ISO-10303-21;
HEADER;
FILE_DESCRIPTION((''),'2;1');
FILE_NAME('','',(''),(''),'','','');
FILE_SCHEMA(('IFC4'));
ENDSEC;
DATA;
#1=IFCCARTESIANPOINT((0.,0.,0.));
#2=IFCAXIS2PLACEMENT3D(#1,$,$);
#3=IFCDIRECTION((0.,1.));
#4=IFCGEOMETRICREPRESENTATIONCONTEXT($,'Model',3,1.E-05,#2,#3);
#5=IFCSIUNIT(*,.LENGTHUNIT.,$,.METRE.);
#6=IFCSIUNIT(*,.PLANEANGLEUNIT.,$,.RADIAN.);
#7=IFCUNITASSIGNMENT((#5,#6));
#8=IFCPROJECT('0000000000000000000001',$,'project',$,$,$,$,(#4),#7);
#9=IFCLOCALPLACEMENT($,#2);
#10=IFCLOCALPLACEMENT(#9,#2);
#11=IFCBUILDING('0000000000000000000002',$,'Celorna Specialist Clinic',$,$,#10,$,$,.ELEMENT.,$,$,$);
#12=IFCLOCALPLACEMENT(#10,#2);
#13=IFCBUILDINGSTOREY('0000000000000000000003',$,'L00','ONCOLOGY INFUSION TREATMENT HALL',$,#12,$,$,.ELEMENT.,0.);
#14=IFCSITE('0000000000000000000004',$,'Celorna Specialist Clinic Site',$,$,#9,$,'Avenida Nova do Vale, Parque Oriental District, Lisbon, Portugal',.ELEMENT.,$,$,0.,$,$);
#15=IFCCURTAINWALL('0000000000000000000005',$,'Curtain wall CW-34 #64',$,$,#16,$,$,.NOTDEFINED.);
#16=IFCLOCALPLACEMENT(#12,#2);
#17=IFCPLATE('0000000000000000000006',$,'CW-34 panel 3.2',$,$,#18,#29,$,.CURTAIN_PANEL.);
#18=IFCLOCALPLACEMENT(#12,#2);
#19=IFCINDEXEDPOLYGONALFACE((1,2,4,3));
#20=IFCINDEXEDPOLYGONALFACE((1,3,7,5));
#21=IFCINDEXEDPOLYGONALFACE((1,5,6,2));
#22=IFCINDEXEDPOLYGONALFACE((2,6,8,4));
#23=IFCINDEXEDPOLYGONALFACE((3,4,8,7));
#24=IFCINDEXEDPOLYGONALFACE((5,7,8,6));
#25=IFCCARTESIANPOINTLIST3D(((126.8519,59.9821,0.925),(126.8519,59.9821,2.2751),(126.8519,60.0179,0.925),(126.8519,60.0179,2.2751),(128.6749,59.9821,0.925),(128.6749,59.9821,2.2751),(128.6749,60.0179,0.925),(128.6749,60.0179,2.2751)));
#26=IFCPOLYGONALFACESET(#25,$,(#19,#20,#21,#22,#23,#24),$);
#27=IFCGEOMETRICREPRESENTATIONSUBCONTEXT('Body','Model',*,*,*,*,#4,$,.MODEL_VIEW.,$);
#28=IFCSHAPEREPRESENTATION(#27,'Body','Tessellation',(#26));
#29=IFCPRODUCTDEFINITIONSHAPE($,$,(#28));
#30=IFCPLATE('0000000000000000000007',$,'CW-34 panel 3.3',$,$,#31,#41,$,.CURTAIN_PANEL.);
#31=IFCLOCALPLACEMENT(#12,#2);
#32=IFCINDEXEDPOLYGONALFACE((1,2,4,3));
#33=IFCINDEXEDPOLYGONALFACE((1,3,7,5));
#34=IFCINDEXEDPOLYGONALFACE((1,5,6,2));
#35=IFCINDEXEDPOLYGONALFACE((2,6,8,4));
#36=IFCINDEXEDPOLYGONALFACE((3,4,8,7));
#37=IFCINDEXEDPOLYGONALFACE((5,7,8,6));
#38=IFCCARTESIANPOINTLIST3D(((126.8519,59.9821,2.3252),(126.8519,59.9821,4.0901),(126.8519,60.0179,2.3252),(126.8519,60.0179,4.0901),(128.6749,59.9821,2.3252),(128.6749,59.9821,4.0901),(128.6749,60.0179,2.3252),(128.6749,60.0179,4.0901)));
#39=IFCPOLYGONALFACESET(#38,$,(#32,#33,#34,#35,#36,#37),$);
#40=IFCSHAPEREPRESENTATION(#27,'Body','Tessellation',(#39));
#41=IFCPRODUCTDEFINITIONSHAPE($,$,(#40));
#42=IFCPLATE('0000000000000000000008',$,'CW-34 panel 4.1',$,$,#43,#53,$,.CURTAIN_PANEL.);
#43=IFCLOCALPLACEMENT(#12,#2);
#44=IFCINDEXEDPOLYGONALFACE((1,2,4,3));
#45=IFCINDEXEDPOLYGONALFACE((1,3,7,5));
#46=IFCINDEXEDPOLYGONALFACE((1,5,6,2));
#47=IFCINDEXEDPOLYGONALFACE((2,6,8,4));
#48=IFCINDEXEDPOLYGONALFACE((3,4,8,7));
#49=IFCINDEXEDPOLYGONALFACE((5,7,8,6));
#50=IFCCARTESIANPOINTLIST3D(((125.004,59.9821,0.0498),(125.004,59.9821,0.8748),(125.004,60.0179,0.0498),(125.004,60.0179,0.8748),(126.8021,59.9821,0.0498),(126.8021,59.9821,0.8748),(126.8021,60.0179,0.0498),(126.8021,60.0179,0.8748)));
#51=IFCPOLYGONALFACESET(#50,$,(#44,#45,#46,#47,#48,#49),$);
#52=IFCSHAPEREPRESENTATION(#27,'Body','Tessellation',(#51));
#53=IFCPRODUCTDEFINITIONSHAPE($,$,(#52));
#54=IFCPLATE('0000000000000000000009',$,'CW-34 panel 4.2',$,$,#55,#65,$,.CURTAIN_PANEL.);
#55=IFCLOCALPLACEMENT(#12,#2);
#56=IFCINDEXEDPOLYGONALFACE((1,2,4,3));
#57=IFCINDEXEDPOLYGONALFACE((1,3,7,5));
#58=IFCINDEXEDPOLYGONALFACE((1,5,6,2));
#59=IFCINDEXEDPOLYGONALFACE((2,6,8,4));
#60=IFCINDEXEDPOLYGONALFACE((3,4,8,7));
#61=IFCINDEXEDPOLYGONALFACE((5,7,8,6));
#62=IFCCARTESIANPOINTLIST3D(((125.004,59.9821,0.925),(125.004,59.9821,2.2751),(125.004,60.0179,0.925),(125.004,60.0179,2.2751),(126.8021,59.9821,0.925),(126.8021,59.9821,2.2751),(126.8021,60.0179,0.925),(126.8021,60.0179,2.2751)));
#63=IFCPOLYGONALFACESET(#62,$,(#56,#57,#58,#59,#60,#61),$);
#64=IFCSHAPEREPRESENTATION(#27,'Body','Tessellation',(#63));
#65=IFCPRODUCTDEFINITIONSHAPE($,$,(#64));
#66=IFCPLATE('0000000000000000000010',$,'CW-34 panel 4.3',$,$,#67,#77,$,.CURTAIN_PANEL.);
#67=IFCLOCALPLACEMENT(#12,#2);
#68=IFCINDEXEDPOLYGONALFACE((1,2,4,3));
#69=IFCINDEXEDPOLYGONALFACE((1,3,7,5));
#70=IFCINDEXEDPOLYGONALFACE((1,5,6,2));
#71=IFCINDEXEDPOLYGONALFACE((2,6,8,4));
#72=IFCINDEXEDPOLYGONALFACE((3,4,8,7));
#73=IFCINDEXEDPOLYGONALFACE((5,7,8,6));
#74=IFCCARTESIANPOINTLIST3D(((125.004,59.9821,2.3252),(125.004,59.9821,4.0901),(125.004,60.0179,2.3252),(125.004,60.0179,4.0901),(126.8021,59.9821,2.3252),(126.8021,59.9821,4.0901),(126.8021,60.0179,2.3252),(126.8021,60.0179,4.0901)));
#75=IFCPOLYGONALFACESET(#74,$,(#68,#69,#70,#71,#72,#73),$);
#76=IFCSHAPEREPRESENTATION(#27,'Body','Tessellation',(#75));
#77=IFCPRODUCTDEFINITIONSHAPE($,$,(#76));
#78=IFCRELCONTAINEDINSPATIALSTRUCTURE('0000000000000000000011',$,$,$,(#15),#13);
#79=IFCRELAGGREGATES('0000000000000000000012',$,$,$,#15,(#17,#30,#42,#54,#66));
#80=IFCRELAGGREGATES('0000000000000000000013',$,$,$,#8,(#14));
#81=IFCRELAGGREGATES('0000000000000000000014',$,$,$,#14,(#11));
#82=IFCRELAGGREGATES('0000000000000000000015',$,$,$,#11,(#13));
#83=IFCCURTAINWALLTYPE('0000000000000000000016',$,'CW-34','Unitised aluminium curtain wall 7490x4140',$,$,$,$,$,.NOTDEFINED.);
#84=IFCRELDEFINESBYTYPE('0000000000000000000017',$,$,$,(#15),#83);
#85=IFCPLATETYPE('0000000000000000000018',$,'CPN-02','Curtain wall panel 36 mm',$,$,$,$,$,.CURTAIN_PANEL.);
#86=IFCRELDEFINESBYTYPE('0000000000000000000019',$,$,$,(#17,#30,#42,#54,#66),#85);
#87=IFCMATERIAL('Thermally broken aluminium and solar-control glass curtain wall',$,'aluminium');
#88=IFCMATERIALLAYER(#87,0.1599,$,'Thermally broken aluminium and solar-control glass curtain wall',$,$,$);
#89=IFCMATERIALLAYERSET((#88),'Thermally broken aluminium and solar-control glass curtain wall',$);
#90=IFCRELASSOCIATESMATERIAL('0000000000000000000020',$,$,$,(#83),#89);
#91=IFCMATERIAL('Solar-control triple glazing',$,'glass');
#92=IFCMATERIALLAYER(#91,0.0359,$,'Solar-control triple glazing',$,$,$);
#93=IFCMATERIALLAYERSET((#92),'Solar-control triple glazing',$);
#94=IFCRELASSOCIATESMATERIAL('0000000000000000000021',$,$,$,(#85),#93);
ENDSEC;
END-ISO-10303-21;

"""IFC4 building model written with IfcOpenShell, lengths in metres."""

from ifc_helpers import new_model, si_unit, direction, frame, origin, origin_2d, place, context, subcontext, project, spatial, rectangle, extrude, material, layer, layer_set, type_object, element, aggregate, save


model = new_model("IFC4")

# Units and contexts
model_context = context("Model", 3, precision=1e-05, world=origin(), true_north=direction((0.0, 1.0)))
body_context = subcontext(model_context, "Body", "Model", "MODEL_VIEW")
ifc_project = project(units=[si_unit("LENGTHUNIT", "METRE"), si_unit("PLANEANGLEUNIT", "RADIAN")], contexts=[model_context])

# Site, building, storey
site_placement = place(None, origin())
site = spatial("IfcSite", under=ifc_project, at=site_placement, Name="Celorna Specialist Clinic Site", LongName="Avenida Nova do Vale, Parque Oriental District, Lisbon, Portugal", CompositionType="ELEMENT", RefElevation=0.0)
building_placement = place(site_placement, origin())
building = spatial("IfcBuilding", under=site, at=building_placement, Name="Celorna Specialist Clinic", CompositionType="ELEMENT")
storey_placement = place(building_placement, origin())
storey = spatial("IfcBuildingStorey", under=building, at=storey_placement, Name="L00", Description="ONCOLOGY INFUSION TREATMENT HALL", CompositionType="ELEMENT", Elevation=0.0)

# Curtain wall, plates
ifc_material_1 = material(Name="Thermally broken aluminium and solar-control glass curtain wall", Category="aluminium")
ifc_layer_1 = layer(ifc_material_1, 0.1599, Name="Thermally broken aluminium and solar-control glass curtain wall")
ifc_layer_set_1 = layer_set([ifc_layer_1], Name="Thermally broken aluminium and solar-control glass curtain wall")
curtain_wall_type = type_object("IfcCurtainWallType", Name="CW-34", Description="Unitised aluminium curtain wall 7490x4140", PredefinedType="NOTDEFINED", material=ifc_layer_set_1)
curtain_wall_placement = place(storey_placement, origin())
curtain_wall = element("IfcCurtainWall", 1, at=curtain_wall_placement, inside=storey, type_object=curtain_wall_type, Name="Curtain wall CW-34 #64", PredefinedType="NOTDEFINED")
ifc_material_2 = material(Name="Solar-control triple glazing", Category="glass")
ifc_layer_2 = layer(ifc_material_2, 0.0359, Name="Solar-control triple glazing")
ifc_layer_set_2 = layer_set([ifc_layer_2], Name="Solar-control triple glazing")
plate_type = type_object("IfcPlateType", Name="CPN-02", Description="Curtain wall panel 36 mm", PredefinedType="CURTAIN_PANEL", material=ifc_layer_set_2)
plate_1_placement = place(storey_placement, frame((127.7634, 60.0, 0.925), z_axis=(0.0, 0.0, 1.0), x_axis=(-1.0, 0.0, 0.0)))
plate_1 = element("IfcPlate", 2, at=plate_1_placement, type_object=plate_type, Name="CW-34 panel 3.2", PredefinedType="CURTAIN_PANEL", context=body_context, shape_type="SweptSolid", body=[
    extrude(rectangle(XDim=1.823, YDim=0.0359, at=origin_2d()), origin(), (0.0, 0.0, 1.0), 1.3501),
])
plate_2_placement = place(storey_placement, frame((127.7634, 60.0, 2.3252), z_axis=(0.0, 0.0, 1.0), x_axis=(-1.0, 0.0, 0.0)))
plate_2 = element("IfcPlate", 3, at=plate_2_placement, type_object=plate_type, Name="CW-34 panel 3.3", PredefinedType="CURTAIN_PANEL", context=body_context, shape_type="SweptSolid", body=[
    extrude(rectangle(XDim=1.823, YDim=0.0359, at=origin_2d()), origin(), (0.0, 0.0, 1.0), 1.7649),
])
plate_3_placement = place(storey_placement, frame((125.9031, 60.0, 0.0498), z_axis=(0.0, 0.0, 1.0), x_axis=(-1.0, 0.0, 0.0)))
plate_3 = element("IfcPlate", 4, at=plate_3_placement, type_object=plate_type, Name="CW-34 panel 4.1", PredefinedType="CURTAIN_PANEL", context=body_context, shape_type="SweptSolid", body=[
    extrude(rectangle(XDim=1.7981, YDim=0.0359, at=origin_2d()), origin(), (0.0, 0.0, 1.0), 0.825),
])
plate_4_placement = place(storey_placement, frame((125.9031, 60.0, 0.925), z_axis=(0.0, 0.0, 1.0), x_axis=(-1.0, 0.0, 0.0)))
plate_4 = element("IfcPlate", 5, at=plate_4_placement, type_object=plate_type, Name="CW-34 panel 4.2", PredefinedType="CURTAIN_PANEL", context=body_context, shape_type="SweptSolid", body=[
    extrude(rectangle(XDim=1.7981, YDim=0.0359, at=origin_2d()), origin(), (0.0, 0.0, 1.0), 1.3501),
])
plate_5_placement = place(storey_placement, frame((125.9031, 60.0, 2.3252), z_axis=(0.0, 0.0, 1.0), x_axis=(-1.0, 0.0, 0.0)))
plate_5 = element("IfcPlate", 6, at=plate_5_placement, type_object=plate_type, Name="CW-34 panel 4.3", PredefinedType="CURTAIN_PANEL", context=body_context, shape_type="SweptSolid", body=[
    extrude(rectangle(XDim=1.7981, YDim=0.0359, at=origin_2d()), origin(), (0.0, 0.0, 1.0), 1.7649),
])
aggregate(curtain_wall, [plate_1, plate_2, plate_3, plate_4, plate_5])

save(model, "model.ifc")
